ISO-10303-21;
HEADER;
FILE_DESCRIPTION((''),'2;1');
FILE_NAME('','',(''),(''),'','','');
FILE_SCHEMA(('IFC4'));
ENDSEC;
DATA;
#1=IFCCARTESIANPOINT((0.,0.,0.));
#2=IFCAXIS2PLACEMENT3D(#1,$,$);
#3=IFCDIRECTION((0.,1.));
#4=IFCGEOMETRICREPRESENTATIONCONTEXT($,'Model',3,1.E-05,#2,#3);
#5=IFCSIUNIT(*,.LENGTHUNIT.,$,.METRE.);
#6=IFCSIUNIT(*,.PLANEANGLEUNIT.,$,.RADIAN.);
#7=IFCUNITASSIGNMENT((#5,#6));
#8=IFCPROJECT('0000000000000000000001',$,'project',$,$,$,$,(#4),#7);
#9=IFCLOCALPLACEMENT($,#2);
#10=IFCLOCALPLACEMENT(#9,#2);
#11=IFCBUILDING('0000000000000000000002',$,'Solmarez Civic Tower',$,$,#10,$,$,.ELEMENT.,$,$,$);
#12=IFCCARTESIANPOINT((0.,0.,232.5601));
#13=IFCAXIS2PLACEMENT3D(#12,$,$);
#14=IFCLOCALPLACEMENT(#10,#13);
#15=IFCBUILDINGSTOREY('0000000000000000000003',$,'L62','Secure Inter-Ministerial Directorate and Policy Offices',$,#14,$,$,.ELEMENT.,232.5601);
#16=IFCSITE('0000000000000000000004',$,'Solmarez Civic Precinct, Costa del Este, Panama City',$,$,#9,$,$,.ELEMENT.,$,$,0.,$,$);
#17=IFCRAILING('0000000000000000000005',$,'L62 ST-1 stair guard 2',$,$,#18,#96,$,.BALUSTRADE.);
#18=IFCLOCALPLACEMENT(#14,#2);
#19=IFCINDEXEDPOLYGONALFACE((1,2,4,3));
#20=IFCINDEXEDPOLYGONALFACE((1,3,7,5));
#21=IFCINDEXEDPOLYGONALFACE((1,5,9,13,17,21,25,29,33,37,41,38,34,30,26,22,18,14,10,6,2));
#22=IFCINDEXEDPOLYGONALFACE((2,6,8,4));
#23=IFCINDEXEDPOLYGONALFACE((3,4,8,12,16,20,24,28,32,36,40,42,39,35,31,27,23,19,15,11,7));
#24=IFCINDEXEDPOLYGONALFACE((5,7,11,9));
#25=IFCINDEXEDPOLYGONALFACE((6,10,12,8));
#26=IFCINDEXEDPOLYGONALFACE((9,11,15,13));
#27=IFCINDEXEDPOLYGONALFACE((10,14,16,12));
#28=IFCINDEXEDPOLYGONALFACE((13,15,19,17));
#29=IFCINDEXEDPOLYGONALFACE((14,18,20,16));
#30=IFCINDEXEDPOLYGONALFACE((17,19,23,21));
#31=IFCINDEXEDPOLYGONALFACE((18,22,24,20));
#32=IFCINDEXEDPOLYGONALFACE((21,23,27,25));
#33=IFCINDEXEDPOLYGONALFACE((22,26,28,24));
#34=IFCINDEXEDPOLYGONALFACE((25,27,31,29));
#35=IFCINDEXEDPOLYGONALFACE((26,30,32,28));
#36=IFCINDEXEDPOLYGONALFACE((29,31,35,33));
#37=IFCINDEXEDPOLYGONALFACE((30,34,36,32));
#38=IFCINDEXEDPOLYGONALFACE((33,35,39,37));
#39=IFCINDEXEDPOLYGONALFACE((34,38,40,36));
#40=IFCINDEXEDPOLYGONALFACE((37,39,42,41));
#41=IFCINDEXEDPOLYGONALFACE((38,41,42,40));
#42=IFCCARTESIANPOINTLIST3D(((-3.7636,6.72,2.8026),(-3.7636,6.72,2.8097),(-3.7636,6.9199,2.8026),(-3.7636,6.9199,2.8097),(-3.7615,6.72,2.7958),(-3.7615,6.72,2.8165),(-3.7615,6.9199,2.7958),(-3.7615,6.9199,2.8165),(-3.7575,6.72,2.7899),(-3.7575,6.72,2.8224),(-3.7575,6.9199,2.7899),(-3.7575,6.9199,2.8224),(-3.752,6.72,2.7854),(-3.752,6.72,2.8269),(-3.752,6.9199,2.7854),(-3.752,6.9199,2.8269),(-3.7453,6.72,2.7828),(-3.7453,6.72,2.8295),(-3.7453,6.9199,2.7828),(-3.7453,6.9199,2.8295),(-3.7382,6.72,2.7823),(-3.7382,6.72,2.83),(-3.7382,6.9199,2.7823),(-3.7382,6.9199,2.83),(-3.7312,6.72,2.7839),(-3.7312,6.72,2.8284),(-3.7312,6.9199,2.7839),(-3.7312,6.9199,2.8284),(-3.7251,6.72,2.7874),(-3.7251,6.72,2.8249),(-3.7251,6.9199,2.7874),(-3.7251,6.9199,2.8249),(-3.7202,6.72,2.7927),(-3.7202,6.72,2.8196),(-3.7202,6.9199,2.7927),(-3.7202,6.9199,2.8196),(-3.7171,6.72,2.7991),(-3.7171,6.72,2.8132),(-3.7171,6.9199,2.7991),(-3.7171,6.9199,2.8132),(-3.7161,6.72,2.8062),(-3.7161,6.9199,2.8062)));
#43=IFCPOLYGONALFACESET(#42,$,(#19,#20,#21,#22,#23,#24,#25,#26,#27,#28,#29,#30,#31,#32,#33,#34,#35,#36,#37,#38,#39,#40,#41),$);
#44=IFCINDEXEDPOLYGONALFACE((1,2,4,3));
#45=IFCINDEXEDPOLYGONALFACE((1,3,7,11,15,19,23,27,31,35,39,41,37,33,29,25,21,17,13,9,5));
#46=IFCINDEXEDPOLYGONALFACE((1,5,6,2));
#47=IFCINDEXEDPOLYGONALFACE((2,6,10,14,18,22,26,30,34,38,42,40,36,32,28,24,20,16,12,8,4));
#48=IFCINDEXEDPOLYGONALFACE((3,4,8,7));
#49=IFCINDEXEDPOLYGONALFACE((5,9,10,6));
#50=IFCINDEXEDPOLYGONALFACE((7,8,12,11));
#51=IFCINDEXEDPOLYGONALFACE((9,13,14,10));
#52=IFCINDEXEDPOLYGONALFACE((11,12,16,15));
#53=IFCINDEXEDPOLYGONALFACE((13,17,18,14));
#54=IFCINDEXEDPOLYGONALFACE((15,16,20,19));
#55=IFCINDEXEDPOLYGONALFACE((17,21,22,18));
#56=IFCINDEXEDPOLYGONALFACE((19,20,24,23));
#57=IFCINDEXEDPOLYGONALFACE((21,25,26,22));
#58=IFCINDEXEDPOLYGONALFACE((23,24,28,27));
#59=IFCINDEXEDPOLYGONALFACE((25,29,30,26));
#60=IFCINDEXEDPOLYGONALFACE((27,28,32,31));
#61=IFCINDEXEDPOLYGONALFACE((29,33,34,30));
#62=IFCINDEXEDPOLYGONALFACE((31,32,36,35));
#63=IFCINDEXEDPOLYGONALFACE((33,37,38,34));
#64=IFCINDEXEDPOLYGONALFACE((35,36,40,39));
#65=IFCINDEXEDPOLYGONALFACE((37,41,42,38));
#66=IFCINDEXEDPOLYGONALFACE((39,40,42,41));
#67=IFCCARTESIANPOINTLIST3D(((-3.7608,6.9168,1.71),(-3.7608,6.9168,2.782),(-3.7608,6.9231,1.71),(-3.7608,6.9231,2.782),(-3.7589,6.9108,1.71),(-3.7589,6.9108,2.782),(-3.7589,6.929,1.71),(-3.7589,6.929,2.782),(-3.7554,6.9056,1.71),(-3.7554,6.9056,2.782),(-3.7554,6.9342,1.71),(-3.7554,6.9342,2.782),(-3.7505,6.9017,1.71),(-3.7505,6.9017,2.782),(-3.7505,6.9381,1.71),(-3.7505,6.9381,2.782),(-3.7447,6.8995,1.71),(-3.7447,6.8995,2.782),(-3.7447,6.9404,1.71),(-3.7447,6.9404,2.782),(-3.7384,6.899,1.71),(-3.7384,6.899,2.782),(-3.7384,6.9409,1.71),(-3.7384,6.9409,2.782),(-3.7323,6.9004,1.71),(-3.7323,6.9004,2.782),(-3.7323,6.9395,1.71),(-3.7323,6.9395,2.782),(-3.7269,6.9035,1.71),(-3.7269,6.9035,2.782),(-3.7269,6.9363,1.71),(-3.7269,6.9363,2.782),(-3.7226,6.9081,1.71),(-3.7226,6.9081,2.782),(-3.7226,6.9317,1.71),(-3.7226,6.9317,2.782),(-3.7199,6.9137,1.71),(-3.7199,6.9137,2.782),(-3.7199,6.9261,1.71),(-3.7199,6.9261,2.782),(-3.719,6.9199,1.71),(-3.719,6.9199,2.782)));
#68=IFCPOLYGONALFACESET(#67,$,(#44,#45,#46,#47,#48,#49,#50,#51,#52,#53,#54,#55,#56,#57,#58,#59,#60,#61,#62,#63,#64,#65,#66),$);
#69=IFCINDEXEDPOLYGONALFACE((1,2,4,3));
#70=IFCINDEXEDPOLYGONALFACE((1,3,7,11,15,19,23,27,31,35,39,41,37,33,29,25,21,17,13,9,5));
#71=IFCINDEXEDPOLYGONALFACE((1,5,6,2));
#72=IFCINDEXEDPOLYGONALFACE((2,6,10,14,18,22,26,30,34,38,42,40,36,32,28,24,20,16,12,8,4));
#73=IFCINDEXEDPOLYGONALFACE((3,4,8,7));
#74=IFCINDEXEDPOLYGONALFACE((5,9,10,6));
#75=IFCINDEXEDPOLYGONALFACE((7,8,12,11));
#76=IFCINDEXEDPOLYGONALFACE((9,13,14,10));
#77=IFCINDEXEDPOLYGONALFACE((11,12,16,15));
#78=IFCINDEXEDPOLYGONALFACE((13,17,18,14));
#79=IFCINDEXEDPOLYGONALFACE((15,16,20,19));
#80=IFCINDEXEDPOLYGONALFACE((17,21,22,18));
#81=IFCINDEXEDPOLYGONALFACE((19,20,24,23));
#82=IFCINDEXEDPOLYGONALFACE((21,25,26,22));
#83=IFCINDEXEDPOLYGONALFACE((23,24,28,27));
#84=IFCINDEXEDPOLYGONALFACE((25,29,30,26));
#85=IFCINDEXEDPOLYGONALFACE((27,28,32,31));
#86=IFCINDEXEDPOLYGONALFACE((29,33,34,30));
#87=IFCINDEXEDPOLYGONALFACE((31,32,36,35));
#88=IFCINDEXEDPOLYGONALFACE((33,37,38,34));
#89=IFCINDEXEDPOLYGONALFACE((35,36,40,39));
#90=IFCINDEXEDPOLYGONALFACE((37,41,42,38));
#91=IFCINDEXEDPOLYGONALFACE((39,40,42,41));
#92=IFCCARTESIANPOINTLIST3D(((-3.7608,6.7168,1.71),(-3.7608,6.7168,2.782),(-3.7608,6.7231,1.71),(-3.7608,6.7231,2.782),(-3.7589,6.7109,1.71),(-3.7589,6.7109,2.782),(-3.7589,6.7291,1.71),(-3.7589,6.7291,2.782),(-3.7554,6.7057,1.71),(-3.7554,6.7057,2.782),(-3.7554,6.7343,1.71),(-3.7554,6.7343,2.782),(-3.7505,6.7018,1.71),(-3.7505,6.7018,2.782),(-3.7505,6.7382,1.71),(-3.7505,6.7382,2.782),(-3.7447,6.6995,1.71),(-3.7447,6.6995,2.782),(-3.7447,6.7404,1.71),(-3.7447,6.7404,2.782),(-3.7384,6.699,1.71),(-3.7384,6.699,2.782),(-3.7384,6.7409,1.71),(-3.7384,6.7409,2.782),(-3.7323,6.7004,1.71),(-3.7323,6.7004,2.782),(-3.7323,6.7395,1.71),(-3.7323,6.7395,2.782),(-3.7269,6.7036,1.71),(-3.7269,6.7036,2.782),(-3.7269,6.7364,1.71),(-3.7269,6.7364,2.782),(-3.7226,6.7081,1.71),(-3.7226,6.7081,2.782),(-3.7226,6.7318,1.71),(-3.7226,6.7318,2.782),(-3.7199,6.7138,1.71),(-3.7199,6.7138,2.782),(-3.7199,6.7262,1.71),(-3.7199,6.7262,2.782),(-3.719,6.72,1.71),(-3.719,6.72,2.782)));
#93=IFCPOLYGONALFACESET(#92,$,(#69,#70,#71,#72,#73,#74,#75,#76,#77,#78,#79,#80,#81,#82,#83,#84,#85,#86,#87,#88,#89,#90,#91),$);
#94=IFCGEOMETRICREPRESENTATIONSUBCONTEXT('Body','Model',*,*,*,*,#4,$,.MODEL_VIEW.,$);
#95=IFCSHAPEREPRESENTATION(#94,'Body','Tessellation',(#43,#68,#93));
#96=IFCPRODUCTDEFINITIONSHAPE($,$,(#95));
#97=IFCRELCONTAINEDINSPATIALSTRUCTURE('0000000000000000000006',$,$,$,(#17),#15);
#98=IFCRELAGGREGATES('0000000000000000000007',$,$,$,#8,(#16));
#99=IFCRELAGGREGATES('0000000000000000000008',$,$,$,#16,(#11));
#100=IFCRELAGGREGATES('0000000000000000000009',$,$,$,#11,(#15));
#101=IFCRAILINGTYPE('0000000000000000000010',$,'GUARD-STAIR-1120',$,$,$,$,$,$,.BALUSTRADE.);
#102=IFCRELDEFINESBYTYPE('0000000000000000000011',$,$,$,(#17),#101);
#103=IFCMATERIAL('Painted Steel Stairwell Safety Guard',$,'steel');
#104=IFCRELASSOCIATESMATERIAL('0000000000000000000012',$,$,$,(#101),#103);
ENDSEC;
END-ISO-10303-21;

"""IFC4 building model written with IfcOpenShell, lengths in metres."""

from ifc_helpers import new_model, si_unit, direction, frame, origin, origin_2d, place, context, subcontext, project, spatial, circle, extrude, material, type_object, element, save


model = new_model("IFC4")

# Units and contexts
model_context = context("Model", 3, precision=1e-05, world=origin(), true_north=direction((0.0, 1.0)))
body_context = subcontext(model_context, "Body", "Model", "MODEL_VIEW")
ifc_project = project(units=[si_unit("LENGTHUNIT", "METRE"), si_unit("PLANEANGLEUNIT", "RADIAN")], contexts=[model_context])

# Site, building, storey
site_placement = place(None, origin())
site = spatial("IfcSite", under=ifc_project, at=site_placement, Name="Solmarez Civic Precinct, Costa del Este, Panama City", CompositionType="ELEMENT", RefElevation=0.0)
building_placement = place(site_placement, origin())
building = spatial("IfcBuilding", under=site, at=building_placement, Name="Solmarez Civic Tower", CompositionType="ELEMENT")
storey_placement = place(building_placement, frame((0.0, 0.0, 232.5601)))
storey = spatial("IfcBuildingStorey", under=building, at=storey_placement, Name="L62", Description="Secure Inter-Ministerial Directorate and Policy Offices", CompositionType="ELEMENT", Elevation=232.5601)

# Railing
ifc_material_1 = material(Name="Painted Steel Stairwell Safety Guard", Category="steel")
railing_type_1 = type_object("IfcRailingType", Name="GUARD-STAIR-1120", PredefinedType="BALUSTRADE", material=ifc_material_1)
railing_1_placement = place(storey_placement, frame((-3.74, 6.9199, 1.71)))
element("IfcRailing", 1, at=railing_1_placement, inside=storey, type_object=railing_type_1, Name="L62 ST-1 stair guard 2", PredefinedType="BALUSTRADE", context=body_context, shape_type="SweptSolid", body=[
    extrude(circle(Radius=0.0239, at=origin_2d()), frame((0.0, 0.0, 1.0962), z_axis=(0.0, -1.0, 0.0), x_axis=(1.0, 0.0, 0.0)), (0.0, 0.0, 1.0), 0.2),
    extrude(circle(Radius=0.021, at=origin_2d()), origin(), (0.0, 0.0, 1.0), 1.072),
    extrude(circle(Radius=0.021, at=origin_2d()), frame((0.0, -0.2, 0.0)), (0.0, 0.0, 1.0), 1.072),
])

save(model, "model.ifc")
